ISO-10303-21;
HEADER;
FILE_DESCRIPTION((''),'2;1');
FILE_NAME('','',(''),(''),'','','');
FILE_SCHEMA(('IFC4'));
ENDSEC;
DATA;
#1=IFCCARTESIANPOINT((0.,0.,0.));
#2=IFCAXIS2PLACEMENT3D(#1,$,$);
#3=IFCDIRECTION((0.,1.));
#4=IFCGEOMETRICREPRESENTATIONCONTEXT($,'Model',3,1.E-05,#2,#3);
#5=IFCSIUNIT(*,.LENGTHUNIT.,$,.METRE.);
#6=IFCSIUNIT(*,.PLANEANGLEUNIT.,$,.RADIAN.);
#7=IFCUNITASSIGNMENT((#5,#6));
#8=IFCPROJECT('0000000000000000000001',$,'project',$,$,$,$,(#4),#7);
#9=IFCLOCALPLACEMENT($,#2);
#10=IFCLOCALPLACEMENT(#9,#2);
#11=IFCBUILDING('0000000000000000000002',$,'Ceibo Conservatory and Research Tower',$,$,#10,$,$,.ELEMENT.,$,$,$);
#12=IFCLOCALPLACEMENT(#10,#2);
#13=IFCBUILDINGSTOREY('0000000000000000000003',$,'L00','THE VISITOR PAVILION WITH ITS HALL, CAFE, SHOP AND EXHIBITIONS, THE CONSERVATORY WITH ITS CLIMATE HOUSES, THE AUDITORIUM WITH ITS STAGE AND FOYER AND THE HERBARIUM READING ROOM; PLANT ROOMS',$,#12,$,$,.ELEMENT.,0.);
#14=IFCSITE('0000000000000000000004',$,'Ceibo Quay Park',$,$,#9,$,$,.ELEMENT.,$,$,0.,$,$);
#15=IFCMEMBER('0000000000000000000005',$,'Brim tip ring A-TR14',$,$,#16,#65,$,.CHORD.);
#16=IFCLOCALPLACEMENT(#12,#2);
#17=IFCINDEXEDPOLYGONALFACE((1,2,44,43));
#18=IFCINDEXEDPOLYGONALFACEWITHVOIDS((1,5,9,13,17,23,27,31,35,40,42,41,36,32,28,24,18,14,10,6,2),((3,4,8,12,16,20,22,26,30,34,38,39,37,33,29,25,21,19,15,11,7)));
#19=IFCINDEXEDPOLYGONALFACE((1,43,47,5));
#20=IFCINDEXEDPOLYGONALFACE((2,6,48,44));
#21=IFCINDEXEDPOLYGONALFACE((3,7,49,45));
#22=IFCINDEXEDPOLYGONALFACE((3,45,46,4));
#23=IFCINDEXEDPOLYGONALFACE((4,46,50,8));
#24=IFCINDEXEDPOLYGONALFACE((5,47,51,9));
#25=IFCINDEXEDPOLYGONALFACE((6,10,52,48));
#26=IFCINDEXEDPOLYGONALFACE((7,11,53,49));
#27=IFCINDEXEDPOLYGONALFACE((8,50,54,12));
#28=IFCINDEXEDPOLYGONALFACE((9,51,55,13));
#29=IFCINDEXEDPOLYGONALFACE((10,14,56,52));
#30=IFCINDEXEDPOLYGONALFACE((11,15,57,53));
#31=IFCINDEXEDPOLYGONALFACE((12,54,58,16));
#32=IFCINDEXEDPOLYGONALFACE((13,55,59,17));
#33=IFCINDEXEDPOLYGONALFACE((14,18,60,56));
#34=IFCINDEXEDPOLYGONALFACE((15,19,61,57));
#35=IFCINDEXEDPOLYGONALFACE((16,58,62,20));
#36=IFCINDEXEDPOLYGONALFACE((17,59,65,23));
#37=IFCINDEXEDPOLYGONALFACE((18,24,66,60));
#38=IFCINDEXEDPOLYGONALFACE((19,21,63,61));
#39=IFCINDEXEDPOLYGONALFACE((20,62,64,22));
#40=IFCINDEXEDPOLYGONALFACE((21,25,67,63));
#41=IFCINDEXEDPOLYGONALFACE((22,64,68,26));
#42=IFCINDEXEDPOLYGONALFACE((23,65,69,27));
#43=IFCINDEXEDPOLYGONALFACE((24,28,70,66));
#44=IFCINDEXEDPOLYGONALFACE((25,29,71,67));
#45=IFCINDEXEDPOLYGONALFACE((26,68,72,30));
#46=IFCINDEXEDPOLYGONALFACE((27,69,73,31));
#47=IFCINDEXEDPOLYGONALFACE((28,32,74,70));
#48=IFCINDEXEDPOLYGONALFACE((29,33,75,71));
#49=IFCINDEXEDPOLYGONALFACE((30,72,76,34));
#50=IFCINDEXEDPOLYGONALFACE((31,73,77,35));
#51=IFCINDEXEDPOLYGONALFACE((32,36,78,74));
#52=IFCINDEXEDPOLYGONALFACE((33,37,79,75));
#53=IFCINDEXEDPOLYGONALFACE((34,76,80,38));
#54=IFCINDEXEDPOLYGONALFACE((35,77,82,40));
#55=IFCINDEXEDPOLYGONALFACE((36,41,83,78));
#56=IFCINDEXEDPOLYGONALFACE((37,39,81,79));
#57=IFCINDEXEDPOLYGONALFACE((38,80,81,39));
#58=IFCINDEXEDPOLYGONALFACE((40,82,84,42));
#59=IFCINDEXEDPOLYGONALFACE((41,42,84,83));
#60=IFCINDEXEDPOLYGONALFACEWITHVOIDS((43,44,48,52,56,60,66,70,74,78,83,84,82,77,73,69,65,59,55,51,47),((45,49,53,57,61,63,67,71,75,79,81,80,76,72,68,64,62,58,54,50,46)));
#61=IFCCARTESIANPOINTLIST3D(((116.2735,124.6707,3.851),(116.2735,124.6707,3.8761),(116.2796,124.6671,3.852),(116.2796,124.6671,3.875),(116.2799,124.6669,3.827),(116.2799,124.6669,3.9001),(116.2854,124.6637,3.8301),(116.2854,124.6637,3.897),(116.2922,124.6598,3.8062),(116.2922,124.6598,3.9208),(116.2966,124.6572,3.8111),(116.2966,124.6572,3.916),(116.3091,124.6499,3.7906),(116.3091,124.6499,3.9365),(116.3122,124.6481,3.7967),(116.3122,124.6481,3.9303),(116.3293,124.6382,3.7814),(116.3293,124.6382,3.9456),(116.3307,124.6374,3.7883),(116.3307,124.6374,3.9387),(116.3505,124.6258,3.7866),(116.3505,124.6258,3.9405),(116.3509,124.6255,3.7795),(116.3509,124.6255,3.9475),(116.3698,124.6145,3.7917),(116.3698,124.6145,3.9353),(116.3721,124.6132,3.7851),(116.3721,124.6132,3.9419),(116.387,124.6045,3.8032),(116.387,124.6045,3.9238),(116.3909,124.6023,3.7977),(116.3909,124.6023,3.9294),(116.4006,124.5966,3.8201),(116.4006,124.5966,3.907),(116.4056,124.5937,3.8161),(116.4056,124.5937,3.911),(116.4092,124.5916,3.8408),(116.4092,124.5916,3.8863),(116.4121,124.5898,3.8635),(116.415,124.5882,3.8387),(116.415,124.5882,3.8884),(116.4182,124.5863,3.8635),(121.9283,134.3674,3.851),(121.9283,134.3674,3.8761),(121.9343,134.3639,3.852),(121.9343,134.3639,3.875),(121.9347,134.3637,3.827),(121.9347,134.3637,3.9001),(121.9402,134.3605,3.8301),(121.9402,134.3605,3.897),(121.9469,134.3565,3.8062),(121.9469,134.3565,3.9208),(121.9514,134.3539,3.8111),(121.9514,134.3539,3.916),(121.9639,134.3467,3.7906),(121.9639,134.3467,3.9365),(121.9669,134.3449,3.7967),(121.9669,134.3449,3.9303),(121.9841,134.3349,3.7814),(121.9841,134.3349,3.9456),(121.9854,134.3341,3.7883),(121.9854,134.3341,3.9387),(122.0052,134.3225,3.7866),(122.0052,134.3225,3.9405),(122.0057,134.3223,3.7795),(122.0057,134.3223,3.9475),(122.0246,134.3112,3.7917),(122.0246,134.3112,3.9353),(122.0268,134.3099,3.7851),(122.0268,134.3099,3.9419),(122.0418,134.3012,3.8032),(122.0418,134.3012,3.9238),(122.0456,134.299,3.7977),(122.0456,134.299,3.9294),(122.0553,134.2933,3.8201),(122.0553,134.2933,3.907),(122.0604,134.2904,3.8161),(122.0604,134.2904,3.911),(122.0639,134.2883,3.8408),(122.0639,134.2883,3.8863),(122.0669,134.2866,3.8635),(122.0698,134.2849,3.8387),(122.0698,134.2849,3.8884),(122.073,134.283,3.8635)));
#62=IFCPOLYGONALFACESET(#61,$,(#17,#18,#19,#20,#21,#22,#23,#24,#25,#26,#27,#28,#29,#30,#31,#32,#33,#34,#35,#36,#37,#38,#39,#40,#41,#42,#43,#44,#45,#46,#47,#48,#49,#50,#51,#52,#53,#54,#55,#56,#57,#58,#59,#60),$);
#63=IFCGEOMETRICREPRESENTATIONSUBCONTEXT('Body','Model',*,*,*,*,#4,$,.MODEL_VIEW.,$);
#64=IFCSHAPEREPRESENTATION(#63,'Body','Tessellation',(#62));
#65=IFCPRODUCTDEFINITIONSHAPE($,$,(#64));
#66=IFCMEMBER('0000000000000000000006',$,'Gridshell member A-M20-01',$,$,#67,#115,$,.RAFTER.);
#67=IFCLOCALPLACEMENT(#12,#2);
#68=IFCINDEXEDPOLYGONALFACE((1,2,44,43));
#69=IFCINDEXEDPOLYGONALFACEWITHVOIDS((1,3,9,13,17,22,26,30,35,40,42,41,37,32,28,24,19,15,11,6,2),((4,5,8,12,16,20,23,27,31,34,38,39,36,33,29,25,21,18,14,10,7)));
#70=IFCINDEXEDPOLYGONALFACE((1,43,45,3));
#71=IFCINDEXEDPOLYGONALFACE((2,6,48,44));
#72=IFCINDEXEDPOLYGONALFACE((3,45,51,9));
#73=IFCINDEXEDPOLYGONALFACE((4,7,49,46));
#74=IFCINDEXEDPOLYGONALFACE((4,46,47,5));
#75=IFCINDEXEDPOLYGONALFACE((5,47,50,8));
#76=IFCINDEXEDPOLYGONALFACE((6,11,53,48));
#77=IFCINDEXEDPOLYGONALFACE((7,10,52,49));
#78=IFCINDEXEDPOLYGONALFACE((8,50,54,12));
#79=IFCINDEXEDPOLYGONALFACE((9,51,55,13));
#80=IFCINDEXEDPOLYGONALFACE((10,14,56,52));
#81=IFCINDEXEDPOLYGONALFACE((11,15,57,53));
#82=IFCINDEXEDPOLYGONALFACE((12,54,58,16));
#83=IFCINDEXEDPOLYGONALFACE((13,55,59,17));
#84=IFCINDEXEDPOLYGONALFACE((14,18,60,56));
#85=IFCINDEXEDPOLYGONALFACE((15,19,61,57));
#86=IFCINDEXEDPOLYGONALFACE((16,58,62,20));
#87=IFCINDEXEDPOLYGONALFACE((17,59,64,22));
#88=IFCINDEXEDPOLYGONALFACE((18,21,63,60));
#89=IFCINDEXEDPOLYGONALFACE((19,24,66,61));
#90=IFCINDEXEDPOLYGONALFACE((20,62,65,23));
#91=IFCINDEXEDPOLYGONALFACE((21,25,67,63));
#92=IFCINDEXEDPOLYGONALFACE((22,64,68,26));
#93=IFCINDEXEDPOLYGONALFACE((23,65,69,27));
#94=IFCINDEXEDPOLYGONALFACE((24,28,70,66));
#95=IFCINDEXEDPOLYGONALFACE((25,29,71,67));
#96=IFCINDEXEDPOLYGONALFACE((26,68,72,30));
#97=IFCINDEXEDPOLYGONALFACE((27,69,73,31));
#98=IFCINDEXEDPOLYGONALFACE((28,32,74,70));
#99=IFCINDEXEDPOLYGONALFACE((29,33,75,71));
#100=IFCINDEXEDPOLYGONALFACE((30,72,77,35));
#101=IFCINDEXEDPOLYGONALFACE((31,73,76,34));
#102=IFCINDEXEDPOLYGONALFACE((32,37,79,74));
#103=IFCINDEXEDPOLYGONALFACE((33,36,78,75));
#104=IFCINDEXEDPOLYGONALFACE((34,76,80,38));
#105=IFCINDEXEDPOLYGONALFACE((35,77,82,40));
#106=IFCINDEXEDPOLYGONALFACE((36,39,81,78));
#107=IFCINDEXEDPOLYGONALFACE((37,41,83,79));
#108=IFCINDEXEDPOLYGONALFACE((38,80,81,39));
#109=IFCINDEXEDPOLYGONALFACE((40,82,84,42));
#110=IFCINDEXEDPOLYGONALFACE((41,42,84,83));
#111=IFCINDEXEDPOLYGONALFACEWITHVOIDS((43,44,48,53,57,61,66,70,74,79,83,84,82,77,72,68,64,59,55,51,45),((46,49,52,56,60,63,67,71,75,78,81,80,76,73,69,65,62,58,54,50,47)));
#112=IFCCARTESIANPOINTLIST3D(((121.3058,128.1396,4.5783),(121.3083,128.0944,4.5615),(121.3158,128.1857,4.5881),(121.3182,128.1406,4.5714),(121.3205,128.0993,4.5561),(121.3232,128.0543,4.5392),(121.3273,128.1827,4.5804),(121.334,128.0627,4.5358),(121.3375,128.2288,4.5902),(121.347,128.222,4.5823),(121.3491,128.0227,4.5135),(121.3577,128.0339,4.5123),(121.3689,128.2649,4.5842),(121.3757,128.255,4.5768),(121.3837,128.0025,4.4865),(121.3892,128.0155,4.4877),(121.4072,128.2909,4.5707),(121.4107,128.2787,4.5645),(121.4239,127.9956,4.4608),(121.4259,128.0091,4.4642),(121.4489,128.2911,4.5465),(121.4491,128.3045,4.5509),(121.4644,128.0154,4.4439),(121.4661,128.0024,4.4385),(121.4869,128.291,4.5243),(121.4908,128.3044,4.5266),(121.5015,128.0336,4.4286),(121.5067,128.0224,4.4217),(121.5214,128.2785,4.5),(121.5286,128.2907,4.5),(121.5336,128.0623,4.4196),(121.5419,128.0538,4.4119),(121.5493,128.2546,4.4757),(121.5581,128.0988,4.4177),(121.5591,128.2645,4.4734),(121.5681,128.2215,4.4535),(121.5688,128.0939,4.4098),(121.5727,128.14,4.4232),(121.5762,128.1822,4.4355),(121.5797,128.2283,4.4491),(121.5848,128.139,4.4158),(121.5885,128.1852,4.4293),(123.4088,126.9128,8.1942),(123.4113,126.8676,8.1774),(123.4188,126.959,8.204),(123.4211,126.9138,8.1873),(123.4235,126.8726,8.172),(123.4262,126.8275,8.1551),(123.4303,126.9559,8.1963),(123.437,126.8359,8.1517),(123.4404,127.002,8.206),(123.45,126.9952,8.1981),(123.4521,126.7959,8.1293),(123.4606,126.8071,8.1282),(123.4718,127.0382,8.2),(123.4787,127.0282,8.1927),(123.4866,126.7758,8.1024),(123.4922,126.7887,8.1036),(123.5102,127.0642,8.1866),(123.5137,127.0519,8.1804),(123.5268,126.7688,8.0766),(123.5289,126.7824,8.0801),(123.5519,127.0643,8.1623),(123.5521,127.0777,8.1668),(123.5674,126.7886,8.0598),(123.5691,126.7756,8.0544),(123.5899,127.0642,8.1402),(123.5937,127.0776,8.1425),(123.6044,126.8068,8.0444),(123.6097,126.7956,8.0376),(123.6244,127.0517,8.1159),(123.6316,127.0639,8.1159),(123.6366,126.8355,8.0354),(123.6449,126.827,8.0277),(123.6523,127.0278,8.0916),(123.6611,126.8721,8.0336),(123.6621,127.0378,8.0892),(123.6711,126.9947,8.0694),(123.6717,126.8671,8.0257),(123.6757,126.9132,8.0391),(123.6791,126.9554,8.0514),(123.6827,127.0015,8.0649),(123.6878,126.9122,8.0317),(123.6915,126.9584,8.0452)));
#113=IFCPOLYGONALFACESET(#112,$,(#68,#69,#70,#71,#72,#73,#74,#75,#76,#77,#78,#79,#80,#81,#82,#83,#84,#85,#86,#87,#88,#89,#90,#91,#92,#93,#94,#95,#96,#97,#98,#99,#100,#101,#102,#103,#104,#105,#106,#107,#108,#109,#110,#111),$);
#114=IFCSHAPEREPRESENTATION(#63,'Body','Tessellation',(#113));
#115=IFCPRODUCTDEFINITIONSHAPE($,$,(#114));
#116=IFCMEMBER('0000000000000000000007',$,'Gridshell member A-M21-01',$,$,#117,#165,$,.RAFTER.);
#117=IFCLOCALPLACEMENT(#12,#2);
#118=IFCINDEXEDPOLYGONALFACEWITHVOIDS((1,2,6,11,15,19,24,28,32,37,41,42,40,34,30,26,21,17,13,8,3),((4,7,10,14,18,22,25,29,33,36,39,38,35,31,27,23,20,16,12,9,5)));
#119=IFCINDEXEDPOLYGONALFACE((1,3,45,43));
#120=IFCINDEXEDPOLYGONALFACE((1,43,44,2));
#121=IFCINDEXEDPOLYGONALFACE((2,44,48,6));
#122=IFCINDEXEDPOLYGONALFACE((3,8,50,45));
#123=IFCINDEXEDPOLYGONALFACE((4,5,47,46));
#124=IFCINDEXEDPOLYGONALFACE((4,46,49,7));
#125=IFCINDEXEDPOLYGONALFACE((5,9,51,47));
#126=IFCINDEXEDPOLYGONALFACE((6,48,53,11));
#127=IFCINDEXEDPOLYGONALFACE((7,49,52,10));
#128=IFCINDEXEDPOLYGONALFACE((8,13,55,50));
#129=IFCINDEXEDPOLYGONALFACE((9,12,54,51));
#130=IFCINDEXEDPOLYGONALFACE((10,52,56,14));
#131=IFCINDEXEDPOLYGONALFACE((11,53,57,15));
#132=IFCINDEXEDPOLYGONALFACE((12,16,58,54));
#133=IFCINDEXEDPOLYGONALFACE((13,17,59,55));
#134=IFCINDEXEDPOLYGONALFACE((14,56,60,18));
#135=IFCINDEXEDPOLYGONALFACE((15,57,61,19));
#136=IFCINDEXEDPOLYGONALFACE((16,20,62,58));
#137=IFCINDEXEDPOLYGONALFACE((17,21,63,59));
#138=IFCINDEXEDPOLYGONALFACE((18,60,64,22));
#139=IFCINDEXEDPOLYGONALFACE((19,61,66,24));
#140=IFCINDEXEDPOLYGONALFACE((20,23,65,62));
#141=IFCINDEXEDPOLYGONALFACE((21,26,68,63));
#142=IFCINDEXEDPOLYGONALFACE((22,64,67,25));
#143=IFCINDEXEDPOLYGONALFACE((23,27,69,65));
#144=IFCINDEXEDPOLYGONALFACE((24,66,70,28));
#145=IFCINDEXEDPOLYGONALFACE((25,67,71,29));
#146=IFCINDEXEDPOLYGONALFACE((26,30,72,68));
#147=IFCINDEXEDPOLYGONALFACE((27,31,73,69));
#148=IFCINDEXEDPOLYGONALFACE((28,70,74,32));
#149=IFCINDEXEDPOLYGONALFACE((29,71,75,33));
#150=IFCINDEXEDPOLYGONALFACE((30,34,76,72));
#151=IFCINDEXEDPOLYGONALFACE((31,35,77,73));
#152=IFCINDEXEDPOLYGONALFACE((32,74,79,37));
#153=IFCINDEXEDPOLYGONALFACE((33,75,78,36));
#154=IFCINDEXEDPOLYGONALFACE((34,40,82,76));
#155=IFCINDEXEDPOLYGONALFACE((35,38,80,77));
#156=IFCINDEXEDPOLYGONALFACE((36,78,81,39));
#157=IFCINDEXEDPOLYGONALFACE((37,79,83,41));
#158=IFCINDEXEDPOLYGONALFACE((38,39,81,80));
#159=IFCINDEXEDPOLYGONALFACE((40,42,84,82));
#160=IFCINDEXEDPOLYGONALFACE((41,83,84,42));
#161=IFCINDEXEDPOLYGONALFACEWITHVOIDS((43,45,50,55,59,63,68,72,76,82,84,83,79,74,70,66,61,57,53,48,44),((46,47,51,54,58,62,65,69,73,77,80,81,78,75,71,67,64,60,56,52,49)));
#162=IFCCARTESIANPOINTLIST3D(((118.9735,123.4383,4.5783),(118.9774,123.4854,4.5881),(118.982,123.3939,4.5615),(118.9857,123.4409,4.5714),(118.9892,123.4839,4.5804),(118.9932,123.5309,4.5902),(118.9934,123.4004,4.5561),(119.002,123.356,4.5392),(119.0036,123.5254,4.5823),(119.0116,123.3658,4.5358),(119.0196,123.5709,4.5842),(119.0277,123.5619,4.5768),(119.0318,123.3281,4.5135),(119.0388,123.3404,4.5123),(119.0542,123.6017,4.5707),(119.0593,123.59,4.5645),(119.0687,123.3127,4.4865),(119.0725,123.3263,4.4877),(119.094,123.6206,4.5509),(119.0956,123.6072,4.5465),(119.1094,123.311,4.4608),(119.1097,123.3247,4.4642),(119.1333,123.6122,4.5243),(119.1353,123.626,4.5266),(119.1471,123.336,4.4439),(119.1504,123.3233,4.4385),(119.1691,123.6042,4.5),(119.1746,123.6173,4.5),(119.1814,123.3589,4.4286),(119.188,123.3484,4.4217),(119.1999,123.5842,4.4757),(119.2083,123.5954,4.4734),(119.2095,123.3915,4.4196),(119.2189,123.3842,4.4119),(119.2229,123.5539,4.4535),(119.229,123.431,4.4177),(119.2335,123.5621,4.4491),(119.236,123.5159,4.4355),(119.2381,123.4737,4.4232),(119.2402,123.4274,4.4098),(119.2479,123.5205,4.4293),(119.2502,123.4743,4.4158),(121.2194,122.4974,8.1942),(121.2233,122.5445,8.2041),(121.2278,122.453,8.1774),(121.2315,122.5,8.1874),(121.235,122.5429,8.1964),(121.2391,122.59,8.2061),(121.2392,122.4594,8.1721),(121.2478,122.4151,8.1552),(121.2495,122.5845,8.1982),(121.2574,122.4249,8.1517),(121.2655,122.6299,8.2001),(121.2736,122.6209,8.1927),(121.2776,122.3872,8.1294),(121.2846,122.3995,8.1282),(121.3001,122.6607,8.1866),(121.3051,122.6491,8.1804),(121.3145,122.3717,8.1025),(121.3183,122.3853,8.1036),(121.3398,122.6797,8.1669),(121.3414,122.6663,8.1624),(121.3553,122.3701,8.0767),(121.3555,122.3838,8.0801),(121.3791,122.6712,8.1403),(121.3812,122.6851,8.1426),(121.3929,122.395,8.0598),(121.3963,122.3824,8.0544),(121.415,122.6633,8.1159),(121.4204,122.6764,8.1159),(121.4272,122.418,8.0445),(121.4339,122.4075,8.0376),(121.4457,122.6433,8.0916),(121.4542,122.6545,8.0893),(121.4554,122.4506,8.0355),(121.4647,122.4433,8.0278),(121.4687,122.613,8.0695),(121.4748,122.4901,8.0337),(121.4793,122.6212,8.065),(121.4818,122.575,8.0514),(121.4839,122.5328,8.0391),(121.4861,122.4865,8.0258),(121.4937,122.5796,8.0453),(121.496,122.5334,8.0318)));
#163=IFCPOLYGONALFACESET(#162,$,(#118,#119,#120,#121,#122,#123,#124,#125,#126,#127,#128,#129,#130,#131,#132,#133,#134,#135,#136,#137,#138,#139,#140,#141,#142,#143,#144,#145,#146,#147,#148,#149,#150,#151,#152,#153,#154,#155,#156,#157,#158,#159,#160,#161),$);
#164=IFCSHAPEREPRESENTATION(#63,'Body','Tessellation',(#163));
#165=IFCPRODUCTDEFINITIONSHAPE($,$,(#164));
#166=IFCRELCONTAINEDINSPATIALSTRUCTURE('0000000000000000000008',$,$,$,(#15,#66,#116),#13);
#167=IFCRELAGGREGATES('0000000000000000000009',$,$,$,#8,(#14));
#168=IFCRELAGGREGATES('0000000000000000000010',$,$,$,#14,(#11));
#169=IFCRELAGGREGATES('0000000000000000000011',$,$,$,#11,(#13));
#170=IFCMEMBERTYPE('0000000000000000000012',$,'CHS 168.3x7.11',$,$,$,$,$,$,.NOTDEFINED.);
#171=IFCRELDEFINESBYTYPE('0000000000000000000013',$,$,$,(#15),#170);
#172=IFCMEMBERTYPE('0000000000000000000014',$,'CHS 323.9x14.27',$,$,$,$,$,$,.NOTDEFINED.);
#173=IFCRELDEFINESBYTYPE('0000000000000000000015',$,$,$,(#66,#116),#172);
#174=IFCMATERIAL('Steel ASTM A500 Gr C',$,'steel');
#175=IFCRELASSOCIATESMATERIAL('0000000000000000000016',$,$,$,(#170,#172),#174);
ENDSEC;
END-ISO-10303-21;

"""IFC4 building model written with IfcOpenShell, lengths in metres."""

from ifc_helpers import new_model, si_unit, direction, frame, origin, origin_2d, place, context, subcontext, project, spatial, hollow_circle, extrude, material, material_profile, profile_set, type_object, element, save


model = new_model("IFC4")

# Units and contexts
model_context = context("Model", 3, precision=1e-05, world=origin(), true_north=direction((0.0, 1.0)))
body_context = subcontext(model_context, "Body", "Model", "MODEL_VIEW")
ifc_project = project(units=[si_unit("LENGTHUNIT", "METRE"), si_unit("PLANEANGLEUNIT", "RADIAN")], contexts=[model_context])

# Site, building, storey
site_placement = place(None, origin())
site = spatial("IfcSite", under=ifc_project, at=site_placement, Name="Ceibo Quay Park", CompositionType="ELEMENT", RefElevation=0.0)
building_placement = place(site_placement, origin())
building = spatial("IfcBuilding", under=site, at=building_placement, Name="Ceibo Conservatory and Research Tower", CompositionType="ELEMENT")
storey_placement = place(building_placement, origin())
storey = spatial("IfcBuildingStorey", under=building, at=storey_placement, Name="L00", Description="THE VISITOR PAVILION WITH ITS HALL, CAFE, SHOP AND EXHIBITIONS, THE CONSERVATORY WITH ITS CLIMATE HOUSES, THE AUDITORIUM WITH ITS STAGE AND FOYER AND THE HERBARIUM READING ROOM; PLANT ROOMS", CompositionType="ELEMENT", Elevation=0.0)

# Shared definitions
ifc_material_1 = material(Name="Steel ASTM A500 Gr C", Category="steel")

# Members
ifc_material_profile_1 = material_profile(ifc_material_1, hollow_circle(Radius=0.0842, WallThickness=0.0071, at=origin_2d()), Name="CHS 168.3x7.11")
ifc_profile_set_1 = profile_set([ifc_material_profile_1], Name="Steel ASTM A500 Gr C")
member_type_1 = type_object("IfcMemberType", Name="CHS 168.3x7.11", PredefinedType="NOTDEFINED", material=ifc_profile_set_1)
member_1_placement = place(storey_placement, frame((122.0002, 134.3254, 3.8635), z_axis=(-0.50376, -0.863844, 0.0), x_axis=(0.863844, -0.50376, 0.0)))
element("IfcMember", 1, at=member_1_placement, inside=storey, type_object=member_type_1, Name="Brim tip ring A-TR14", PredefinedType="CHORD", context=body_context, shape_type="SweptSolid", body=[
    extrude(hollow_circle(Radius=0.0842, WallThickness=0.0071, at=origin_2d()), origin(), (0.0, 0.0, 1.0), 11.2251),
])
ifc_material_profile_2 = material_profile(ifc_material_1, hollow_circle(Radius=0.1619, WallThickness=0.0142, at=origin_2d()), Name="CHS 323.9x14.27")
ifc_profile_set_2 = profile_set([ifc_material_profile_2], Name="Steel ASTM A500 Gr C")
member_type_2 = type_object("IfcMemberType", Name="CHS 323.9x14.27", PredefinedType="NOTDEFINED", material=ifc_profile_set_2)
member_2_placement = place(storey_placement, frame((121.447, 128.1509, 4.5), z_axis=(0.48243, -0.281427, 0.829494), x_axis=(0.503883, 0.863772, 0.0)))
element("IfcMember", 2, at=member_2_placement, inside=storey, type_object=member_type_2, Name="Gridshell member A-M20-01", PredefinedType="RAFTER", context=body_context, shape_type="SweptSolid", body=[
    extrude(hollow_circle(Radius=0.1619, WallThickness=0.0142, at=origin_2d()), origin(), (0.0, 0.0, 1.0), 4.3591),
])
member_3_placement = place(storey_placement, frame((119.1121, 123.468, 4.5), z_axis=(0.515174, -0.215836, 0.829464), x_axis=(0.386416, 0.922325, 0.0)))
element("IfcMember", 3, at=member_3_placement, inside=storey, type_object=member_type_2, Name="Gridshell member A-M21-01", PredefinedType="RAFTER", context=body_context, shape_type="SweptSolid", body=[
    extrude(hollow_circle(Radius=0.1619, WallThickness=0.0142, at=origin_2d()), origin(), (0.0, 0.0, 1.0), 4.3594),
])

save(model, "model.ifc")
